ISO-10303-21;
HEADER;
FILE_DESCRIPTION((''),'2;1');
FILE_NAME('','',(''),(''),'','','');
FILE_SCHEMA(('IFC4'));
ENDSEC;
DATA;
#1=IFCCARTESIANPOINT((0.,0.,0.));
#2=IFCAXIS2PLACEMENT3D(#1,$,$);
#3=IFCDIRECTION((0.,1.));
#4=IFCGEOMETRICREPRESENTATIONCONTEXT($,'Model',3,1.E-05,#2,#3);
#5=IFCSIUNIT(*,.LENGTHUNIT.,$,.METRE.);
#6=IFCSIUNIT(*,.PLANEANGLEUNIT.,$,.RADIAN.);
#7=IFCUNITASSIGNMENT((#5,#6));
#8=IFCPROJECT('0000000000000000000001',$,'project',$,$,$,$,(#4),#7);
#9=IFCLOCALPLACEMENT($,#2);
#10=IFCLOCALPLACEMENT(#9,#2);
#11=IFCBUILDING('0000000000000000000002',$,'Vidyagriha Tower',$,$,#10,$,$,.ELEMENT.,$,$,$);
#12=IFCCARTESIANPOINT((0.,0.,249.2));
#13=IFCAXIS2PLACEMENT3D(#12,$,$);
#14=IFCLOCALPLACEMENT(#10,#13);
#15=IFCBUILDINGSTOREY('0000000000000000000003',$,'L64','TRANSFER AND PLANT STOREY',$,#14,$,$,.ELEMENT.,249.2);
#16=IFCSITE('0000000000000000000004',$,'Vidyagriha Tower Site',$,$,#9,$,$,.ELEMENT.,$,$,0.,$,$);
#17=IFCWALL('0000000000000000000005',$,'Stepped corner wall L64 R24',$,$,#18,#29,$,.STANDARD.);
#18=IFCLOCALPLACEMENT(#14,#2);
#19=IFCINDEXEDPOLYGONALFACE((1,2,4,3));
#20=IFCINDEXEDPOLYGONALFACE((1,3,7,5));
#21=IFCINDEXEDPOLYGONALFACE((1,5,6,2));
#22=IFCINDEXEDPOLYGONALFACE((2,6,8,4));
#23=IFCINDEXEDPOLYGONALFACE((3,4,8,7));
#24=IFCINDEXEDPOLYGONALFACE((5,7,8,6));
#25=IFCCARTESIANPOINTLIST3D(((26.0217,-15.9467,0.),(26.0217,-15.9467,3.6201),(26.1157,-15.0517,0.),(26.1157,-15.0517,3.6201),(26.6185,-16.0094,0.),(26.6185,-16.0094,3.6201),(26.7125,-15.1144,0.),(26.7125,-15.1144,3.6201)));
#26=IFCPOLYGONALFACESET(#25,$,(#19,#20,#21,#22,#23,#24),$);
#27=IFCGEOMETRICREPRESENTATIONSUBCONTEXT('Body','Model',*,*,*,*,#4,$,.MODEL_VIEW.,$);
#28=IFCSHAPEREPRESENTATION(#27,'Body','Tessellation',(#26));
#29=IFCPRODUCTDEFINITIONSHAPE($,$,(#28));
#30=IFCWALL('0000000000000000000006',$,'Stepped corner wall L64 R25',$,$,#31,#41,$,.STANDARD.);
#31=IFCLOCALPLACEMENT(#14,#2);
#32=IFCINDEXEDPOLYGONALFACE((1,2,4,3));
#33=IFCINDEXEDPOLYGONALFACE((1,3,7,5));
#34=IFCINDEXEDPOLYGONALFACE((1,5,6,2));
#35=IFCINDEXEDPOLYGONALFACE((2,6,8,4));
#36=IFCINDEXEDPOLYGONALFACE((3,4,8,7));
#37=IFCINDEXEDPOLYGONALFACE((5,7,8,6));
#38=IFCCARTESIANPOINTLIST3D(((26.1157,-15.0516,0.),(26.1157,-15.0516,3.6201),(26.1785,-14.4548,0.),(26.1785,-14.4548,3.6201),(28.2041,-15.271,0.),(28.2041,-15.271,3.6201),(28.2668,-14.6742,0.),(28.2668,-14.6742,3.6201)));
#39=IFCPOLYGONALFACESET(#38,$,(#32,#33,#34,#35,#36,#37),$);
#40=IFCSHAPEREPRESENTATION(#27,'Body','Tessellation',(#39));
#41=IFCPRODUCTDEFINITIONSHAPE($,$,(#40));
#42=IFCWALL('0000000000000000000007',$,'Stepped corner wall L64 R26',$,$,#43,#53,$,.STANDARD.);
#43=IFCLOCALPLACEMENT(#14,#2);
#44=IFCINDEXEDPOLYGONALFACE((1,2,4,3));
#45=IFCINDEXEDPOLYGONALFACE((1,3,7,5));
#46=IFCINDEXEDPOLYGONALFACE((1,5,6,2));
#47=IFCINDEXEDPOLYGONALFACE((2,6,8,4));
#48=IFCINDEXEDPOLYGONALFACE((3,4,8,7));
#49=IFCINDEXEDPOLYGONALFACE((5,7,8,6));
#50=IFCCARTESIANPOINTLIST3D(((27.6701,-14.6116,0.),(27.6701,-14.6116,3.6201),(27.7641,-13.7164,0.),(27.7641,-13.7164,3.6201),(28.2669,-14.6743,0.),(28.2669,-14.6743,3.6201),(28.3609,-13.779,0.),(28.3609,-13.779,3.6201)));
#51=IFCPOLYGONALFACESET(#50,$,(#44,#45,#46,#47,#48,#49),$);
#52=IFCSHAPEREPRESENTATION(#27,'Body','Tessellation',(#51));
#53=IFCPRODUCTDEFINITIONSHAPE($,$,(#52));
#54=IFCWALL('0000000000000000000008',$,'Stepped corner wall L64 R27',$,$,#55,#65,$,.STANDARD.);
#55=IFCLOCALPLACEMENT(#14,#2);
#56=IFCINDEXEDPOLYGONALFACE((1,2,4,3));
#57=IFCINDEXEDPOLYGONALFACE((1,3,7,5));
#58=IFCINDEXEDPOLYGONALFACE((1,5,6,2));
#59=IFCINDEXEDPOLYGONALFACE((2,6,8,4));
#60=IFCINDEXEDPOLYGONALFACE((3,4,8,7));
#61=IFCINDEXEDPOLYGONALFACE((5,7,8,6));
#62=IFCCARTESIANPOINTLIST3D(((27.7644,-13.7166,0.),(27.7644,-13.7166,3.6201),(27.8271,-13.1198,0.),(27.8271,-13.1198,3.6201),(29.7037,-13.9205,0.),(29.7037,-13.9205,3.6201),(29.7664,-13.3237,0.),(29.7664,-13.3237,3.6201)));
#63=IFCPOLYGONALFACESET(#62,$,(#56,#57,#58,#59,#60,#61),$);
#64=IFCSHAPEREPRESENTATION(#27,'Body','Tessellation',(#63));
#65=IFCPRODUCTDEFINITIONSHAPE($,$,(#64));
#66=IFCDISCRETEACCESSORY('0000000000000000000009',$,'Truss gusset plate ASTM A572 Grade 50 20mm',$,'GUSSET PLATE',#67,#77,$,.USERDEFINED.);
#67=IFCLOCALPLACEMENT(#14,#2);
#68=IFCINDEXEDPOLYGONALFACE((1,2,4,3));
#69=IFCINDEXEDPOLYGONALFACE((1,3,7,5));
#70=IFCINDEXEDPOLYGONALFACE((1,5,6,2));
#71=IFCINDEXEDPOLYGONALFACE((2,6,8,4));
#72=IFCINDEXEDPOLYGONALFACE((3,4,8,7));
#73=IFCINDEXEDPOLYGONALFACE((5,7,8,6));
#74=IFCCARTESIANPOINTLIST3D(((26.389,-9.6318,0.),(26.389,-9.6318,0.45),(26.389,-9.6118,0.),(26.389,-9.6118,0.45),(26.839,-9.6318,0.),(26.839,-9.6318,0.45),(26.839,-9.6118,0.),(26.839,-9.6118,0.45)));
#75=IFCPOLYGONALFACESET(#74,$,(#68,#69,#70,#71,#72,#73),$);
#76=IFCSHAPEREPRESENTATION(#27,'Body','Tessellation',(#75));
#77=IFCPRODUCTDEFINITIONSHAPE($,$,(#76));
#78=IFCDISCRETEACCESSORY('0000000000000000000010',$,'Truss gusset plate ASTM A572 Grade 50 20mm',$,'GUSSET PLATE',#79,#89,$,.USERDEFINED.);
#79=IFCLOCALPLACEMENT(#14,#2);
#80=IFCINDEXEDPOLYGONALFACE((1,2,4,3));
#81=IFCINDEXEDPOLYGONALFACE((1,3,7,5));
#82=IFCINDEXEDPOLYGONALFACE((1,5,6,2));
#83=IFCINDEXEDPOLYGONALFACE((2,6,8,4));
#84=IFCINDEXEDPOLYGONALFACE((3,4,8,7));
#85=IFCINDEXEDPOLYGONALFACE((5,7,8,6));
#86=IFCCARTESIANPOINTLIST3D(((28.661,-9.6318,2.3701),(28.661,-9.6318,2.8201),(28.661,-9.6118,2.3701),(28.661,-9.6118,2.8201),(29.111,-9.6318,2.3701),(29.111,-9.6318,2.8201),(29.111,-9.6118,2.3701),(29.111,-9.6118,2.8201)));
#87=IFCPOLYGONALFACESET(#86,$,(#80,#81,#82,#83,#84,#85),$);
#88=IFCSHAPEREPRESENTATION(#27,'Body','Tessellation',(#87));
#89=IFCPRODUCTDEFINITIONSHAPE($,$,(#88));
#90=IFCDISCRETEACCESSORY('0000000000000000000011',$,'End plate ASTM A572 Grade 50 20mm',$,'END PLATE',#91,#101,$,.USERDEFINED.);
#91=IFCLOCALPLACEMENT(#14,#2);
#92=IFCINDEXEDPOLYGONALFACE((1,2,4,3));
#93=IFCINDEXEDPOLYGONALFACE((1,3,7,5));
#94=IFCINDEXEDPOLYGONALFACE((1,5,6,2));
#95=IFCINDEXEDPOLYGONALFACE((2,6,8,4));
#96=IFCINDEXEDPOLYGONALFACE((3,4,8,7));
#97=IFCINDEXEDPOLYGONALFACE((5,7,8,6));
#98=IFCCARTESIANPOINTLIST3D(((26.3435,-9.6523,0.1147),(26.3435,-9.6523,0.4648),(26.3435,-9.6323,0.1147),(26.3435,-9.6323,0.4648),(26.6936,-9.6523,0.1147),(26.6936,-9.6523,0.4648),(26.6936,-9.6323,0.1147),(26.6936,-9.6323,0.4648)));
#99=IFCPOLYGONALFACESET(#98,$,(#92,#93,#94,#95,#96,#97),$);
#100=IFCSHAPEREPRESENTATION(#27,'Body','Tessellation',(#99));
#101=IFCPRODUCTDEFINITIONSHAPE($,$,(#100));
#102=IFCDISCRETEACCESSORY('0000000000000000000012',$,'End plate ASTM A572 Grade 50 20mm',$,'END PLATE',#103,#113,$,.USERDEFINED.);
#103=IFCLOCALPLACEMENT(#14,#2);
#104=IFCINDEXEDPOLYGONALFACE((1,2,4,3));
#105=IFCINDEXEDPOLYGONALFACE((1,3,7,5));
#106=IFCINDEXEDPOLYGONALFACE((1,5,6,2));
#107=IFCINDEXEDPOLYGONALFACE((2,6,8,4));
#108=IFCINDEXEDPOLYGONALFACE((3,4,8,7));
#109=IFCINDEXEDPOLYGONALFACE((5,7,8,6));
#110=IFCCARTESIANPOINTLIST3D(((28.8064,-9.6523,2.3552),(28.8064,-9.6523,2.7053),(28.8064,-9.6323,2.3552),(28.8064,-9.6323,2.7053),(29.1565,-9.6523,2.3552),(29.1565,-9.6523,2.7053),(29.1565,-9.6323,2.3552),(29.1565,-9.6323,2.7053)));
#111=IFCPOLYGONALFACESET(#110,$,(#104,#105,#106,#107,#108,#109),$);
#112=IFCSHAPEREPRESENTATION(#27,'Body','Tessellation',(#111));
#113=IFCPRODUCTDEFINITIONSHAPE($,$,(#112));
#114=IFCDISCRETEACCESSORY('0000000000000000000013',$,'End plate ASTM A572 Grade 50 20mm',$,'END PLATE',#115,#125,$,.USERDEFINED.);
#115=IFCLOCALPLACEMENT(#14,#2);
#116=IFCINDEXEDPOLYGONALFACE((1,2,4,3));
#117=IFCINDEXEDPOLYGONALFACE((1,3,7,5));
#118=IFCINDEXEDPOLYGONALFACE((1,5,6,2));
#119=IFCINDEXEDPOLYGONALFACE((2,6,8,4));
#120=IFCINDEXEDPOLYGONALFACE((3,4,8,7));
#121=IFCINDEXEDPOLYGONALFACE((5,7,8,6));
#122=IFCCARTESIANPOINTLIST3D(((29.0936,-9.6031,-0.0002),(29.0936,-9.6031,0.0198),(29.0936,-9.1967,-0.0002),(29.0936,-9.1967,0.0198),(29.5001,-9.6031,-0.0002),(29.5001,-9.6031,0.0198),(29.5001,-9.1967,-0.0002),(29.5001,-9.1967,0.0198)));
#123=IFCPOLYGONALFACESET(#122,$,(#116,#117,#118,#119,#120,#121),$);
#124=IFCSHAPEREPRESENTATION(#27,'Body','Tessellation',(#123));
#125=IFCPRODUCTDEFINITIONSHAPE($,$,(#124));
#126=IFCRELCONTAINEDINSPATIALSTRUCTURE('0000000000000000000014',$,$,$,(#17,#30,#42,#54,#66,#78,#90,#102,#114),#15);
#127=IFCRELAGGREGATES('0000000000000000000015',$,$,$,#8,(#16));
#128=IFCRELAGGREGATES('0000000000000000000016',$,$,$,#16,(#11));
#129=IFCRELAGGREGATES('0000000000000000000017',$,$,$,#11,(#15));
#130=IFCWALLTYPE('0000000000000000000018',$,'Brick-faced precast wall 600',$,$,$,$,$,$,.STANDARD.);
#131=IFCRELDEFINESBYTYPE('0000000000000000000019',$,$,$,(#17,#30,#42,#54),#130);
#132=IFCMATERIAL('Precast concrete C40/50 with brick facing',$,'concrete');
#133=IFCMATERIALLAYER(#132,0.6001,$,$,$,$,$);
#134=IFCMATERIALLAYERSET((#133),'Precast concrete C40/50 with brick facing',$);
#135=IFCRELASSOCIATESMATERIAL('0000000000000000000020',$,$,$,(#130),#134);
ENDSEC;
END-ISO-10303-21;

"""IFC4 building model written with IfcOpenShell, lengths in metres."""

from ifc_helpers import new_model, si_unit, direction, frame, frame_2d, origin, origin_2d, place, context, subcontext, project, spatial, rectangle, extrude, material, layer, layer_set, type_object, element, save


model = new_model("IFC4")

# Units and contexts
model_context = context("Model", 3, precision=1e-05, world=origin(), true_north=direction((0.0, 1.0)))
body_context = subcontext(model_context, "Body", "Model", "MODEL_VIEW")
ifc_project = project(units=[si_unit("LENGTHUNIT", "METRE"), si_unit("PLANEANGLEUNIT", "RADIAN")], contexts=[model_context])

# Site, building, storey
site_placement = place(None, origin())
site = spatial("IfcSite", under=ifc_project, at=site_placement, Name="Vidyagriha Tower Site", CompositionType="ELEMENT", RefElevation=0.0)
building_placement = place(site_placement, origin())
building = spatial("IfcBuilding", under=site, at=building_placement, Name="Vidyagriha Tower", CompositionType="ELEMENT")
storey_placement = place(building_placement, frame((0.0, 0.0, 249.2)))
storey = spatial("IfcBuildingStorey", under=building, at=storey_placement, Name="L64", Description="TRANSFER AND PLANT STOREY", CompositionType="ELEMENT", Elevation=249.2)

# Walls
ifc_material_1 = material(Name="Precast concrete C40/50 with brick facing", Category="concrete")
ifc_layer_1 = layer(ifc_material_1, 0.6001)
ifc_layer_set_1 = layer_set([ifc_layer_1], Name="Precast concrete C40/50 with brick facing")
wall_type = type_object("IfcWallType", Name="Brick-faced precast wall 600", PredefinedType="STANDARD", material=ifc_layer_set_1)
wall_1_placement = place(storey_placement, frame((26.3201, -15.978, 0.0), z_axis=(0.0, 0.0, 1.0), x_axis=(0.104445, 0.994531, 0.0)))
element("IfcWall", 1, at=wall_1_placement, inside=storey, type_object=wall_type, Name="Stepped corner wall L64 R24", PredefinedType="STANDARD", context=body_context, shape_type="SweptSolid", body=[
    extrude(rectangle(XDim=0.8999, YDim=0.6001, at=frame_2d((0.45, 0.0))), origin(), (0.0, 0.0, 1.0), 3.6201),
])
wall_2_placement = place(storey_placement, frame((26.1472, -14.7532, 0.0), z_axis=(0.0, 0.0, 1.0), x_axis=(0.994523, -0.104521, 0.0)))
element("IfcWall", 2, at=wall_2_placement, inside=storey, type_object=wall_type, Name="Stepped corner wall L64 R25", PredefinedType="STANDARD", context=body_context, shape_type="SweptSolid", body=[
    extrude(rectangle(XDim=2.0999, YDim=0.6001, at=frame_2d((1.0498, 0.0))), origin(), (0.0, 0.0, 1.0), 3.6201),
])
wall_3_placement = place(storey_placement, frame((27.9685, -14.6431, 0.0), z_axis=(0.0, 0.0, 1.0), x_axis=(0.104417, 0.994534, 0.0)))
element("IfcWall", 3, at=wall_3_placement, inside=storey, type_object=wall_type, Name="Stepped corner wall L64 R26", PredefinedType="STANDARD", context=body_context, shape_type="SweptSolid", body=[
    extrude(rectangle(XDim=0.9001, YDim=0.6001, at=frame_2d((0.4502, 0.0))), origin(), (0.0, 0.0, 1.0), 3.6201),
])
wall_4_placement = place(storey_placement, frame((27.7957, -13.4182, 0.0), z_axis=(0.0, 0.0, 1.0), x_axis=(0.99452, -0.104548, 0.0)))
element("IfcWall", 4, at=wall_4_placement, inside=storey, type_object=wall_type, Name="Stepped corner wall L64 R27", PredefinedType="STANDARD", context=body_context, shape_type="SweptSolid", body=[
    extrude(rectangle(XDim=1.95, YDim=0.6001, at=frame_2d((0.9751, 0.0))), origin(), (0.0, 0.0, 1.0), 3.6201),
])

# Discrete accessories
for number, where, name in (
    (5, (26.614, -9.6218, 0.0), "Truss gusset plate ASTM A572 Grade 50 20mm"),
    (6, (28.886, -9.6218, 2.3701), "Truss gusset plate ASTM A572 Grade 50 20mm"),
):
    element("IfcDiscreteAccessory", number, at=place(storey_placement, frame(where)), inside=storey, Name=name, ObjectType="GUSSET PLATE", PredefinedType="USERDEFINED", context=body_context, shape_type="SweptSolid", body=[
        extrude(rectangle(XDim=0.45, YDim=0.02, at=origin_2d()), origin(), (0.0, 0.0, 1.0), 0.45),
    ])
discrete_accessory_1_placement = place(storey_placement, frame((26.5186, -9.6423, 0.1147), z_axis=(0.0, 0.0, 1.0), x_axis=(-1.0, 0.0, 0.0)))
element("IfcDiscreteAccessory", 7, at=discrete_accessory_1_placement, inside=storey, Name="End plate ASTM A572 Grade 50 20mm", ObjectType="END PLATE", PredefinedType="USERDEFINED", context=body_context, shape_type="SweptSolid", body=[
    extrude(rectangle(XDim=0.3501, YDim=0.02, at=origin_2d()), origin(), (0.0, 0.0, 1.0), 0.3501),
])
discrete_accessory_2_placement = place(storey_placement, frame((28.9814, -9.6423, 2.3552)))
element("IfcDiscreteAccessory", 8, at=discrete_accessory_2_placement, inside=storey, Name="End plate ASTM A572 Grade 50 20mm", ObjectType="END PLATE", PredefinedType="USERDEFINED", context=body_context, shape_type="SweptSolid", body=[
    extrude(rectangle(XDim=0.3501, YDim=0.02, at=origin_2d()), origin(), (0.0, 0.0, 1.0), 0.3501),
])
discrete_accessory_3_placement = place(storey_placement, frame((29.2969, -9.3999, -0.0002)))
element("IfcDiscreteAccessory", 9, at=discrete_accessory_3_placement, inside=storey, Name="End plate ASTM A572 Grade 50 20mm", ObjectType="END PLATE", PredefinedType="USERDEFINED", context=body_context, shape_type="SweptSolid", body=[
    extrude(rectangle(XDim=0.4065, YDim=0.4065, at=origin_2d()), origin(), (0.0, 0.0, 1.0), 0.02),
])

save(model, "model.ifc")
